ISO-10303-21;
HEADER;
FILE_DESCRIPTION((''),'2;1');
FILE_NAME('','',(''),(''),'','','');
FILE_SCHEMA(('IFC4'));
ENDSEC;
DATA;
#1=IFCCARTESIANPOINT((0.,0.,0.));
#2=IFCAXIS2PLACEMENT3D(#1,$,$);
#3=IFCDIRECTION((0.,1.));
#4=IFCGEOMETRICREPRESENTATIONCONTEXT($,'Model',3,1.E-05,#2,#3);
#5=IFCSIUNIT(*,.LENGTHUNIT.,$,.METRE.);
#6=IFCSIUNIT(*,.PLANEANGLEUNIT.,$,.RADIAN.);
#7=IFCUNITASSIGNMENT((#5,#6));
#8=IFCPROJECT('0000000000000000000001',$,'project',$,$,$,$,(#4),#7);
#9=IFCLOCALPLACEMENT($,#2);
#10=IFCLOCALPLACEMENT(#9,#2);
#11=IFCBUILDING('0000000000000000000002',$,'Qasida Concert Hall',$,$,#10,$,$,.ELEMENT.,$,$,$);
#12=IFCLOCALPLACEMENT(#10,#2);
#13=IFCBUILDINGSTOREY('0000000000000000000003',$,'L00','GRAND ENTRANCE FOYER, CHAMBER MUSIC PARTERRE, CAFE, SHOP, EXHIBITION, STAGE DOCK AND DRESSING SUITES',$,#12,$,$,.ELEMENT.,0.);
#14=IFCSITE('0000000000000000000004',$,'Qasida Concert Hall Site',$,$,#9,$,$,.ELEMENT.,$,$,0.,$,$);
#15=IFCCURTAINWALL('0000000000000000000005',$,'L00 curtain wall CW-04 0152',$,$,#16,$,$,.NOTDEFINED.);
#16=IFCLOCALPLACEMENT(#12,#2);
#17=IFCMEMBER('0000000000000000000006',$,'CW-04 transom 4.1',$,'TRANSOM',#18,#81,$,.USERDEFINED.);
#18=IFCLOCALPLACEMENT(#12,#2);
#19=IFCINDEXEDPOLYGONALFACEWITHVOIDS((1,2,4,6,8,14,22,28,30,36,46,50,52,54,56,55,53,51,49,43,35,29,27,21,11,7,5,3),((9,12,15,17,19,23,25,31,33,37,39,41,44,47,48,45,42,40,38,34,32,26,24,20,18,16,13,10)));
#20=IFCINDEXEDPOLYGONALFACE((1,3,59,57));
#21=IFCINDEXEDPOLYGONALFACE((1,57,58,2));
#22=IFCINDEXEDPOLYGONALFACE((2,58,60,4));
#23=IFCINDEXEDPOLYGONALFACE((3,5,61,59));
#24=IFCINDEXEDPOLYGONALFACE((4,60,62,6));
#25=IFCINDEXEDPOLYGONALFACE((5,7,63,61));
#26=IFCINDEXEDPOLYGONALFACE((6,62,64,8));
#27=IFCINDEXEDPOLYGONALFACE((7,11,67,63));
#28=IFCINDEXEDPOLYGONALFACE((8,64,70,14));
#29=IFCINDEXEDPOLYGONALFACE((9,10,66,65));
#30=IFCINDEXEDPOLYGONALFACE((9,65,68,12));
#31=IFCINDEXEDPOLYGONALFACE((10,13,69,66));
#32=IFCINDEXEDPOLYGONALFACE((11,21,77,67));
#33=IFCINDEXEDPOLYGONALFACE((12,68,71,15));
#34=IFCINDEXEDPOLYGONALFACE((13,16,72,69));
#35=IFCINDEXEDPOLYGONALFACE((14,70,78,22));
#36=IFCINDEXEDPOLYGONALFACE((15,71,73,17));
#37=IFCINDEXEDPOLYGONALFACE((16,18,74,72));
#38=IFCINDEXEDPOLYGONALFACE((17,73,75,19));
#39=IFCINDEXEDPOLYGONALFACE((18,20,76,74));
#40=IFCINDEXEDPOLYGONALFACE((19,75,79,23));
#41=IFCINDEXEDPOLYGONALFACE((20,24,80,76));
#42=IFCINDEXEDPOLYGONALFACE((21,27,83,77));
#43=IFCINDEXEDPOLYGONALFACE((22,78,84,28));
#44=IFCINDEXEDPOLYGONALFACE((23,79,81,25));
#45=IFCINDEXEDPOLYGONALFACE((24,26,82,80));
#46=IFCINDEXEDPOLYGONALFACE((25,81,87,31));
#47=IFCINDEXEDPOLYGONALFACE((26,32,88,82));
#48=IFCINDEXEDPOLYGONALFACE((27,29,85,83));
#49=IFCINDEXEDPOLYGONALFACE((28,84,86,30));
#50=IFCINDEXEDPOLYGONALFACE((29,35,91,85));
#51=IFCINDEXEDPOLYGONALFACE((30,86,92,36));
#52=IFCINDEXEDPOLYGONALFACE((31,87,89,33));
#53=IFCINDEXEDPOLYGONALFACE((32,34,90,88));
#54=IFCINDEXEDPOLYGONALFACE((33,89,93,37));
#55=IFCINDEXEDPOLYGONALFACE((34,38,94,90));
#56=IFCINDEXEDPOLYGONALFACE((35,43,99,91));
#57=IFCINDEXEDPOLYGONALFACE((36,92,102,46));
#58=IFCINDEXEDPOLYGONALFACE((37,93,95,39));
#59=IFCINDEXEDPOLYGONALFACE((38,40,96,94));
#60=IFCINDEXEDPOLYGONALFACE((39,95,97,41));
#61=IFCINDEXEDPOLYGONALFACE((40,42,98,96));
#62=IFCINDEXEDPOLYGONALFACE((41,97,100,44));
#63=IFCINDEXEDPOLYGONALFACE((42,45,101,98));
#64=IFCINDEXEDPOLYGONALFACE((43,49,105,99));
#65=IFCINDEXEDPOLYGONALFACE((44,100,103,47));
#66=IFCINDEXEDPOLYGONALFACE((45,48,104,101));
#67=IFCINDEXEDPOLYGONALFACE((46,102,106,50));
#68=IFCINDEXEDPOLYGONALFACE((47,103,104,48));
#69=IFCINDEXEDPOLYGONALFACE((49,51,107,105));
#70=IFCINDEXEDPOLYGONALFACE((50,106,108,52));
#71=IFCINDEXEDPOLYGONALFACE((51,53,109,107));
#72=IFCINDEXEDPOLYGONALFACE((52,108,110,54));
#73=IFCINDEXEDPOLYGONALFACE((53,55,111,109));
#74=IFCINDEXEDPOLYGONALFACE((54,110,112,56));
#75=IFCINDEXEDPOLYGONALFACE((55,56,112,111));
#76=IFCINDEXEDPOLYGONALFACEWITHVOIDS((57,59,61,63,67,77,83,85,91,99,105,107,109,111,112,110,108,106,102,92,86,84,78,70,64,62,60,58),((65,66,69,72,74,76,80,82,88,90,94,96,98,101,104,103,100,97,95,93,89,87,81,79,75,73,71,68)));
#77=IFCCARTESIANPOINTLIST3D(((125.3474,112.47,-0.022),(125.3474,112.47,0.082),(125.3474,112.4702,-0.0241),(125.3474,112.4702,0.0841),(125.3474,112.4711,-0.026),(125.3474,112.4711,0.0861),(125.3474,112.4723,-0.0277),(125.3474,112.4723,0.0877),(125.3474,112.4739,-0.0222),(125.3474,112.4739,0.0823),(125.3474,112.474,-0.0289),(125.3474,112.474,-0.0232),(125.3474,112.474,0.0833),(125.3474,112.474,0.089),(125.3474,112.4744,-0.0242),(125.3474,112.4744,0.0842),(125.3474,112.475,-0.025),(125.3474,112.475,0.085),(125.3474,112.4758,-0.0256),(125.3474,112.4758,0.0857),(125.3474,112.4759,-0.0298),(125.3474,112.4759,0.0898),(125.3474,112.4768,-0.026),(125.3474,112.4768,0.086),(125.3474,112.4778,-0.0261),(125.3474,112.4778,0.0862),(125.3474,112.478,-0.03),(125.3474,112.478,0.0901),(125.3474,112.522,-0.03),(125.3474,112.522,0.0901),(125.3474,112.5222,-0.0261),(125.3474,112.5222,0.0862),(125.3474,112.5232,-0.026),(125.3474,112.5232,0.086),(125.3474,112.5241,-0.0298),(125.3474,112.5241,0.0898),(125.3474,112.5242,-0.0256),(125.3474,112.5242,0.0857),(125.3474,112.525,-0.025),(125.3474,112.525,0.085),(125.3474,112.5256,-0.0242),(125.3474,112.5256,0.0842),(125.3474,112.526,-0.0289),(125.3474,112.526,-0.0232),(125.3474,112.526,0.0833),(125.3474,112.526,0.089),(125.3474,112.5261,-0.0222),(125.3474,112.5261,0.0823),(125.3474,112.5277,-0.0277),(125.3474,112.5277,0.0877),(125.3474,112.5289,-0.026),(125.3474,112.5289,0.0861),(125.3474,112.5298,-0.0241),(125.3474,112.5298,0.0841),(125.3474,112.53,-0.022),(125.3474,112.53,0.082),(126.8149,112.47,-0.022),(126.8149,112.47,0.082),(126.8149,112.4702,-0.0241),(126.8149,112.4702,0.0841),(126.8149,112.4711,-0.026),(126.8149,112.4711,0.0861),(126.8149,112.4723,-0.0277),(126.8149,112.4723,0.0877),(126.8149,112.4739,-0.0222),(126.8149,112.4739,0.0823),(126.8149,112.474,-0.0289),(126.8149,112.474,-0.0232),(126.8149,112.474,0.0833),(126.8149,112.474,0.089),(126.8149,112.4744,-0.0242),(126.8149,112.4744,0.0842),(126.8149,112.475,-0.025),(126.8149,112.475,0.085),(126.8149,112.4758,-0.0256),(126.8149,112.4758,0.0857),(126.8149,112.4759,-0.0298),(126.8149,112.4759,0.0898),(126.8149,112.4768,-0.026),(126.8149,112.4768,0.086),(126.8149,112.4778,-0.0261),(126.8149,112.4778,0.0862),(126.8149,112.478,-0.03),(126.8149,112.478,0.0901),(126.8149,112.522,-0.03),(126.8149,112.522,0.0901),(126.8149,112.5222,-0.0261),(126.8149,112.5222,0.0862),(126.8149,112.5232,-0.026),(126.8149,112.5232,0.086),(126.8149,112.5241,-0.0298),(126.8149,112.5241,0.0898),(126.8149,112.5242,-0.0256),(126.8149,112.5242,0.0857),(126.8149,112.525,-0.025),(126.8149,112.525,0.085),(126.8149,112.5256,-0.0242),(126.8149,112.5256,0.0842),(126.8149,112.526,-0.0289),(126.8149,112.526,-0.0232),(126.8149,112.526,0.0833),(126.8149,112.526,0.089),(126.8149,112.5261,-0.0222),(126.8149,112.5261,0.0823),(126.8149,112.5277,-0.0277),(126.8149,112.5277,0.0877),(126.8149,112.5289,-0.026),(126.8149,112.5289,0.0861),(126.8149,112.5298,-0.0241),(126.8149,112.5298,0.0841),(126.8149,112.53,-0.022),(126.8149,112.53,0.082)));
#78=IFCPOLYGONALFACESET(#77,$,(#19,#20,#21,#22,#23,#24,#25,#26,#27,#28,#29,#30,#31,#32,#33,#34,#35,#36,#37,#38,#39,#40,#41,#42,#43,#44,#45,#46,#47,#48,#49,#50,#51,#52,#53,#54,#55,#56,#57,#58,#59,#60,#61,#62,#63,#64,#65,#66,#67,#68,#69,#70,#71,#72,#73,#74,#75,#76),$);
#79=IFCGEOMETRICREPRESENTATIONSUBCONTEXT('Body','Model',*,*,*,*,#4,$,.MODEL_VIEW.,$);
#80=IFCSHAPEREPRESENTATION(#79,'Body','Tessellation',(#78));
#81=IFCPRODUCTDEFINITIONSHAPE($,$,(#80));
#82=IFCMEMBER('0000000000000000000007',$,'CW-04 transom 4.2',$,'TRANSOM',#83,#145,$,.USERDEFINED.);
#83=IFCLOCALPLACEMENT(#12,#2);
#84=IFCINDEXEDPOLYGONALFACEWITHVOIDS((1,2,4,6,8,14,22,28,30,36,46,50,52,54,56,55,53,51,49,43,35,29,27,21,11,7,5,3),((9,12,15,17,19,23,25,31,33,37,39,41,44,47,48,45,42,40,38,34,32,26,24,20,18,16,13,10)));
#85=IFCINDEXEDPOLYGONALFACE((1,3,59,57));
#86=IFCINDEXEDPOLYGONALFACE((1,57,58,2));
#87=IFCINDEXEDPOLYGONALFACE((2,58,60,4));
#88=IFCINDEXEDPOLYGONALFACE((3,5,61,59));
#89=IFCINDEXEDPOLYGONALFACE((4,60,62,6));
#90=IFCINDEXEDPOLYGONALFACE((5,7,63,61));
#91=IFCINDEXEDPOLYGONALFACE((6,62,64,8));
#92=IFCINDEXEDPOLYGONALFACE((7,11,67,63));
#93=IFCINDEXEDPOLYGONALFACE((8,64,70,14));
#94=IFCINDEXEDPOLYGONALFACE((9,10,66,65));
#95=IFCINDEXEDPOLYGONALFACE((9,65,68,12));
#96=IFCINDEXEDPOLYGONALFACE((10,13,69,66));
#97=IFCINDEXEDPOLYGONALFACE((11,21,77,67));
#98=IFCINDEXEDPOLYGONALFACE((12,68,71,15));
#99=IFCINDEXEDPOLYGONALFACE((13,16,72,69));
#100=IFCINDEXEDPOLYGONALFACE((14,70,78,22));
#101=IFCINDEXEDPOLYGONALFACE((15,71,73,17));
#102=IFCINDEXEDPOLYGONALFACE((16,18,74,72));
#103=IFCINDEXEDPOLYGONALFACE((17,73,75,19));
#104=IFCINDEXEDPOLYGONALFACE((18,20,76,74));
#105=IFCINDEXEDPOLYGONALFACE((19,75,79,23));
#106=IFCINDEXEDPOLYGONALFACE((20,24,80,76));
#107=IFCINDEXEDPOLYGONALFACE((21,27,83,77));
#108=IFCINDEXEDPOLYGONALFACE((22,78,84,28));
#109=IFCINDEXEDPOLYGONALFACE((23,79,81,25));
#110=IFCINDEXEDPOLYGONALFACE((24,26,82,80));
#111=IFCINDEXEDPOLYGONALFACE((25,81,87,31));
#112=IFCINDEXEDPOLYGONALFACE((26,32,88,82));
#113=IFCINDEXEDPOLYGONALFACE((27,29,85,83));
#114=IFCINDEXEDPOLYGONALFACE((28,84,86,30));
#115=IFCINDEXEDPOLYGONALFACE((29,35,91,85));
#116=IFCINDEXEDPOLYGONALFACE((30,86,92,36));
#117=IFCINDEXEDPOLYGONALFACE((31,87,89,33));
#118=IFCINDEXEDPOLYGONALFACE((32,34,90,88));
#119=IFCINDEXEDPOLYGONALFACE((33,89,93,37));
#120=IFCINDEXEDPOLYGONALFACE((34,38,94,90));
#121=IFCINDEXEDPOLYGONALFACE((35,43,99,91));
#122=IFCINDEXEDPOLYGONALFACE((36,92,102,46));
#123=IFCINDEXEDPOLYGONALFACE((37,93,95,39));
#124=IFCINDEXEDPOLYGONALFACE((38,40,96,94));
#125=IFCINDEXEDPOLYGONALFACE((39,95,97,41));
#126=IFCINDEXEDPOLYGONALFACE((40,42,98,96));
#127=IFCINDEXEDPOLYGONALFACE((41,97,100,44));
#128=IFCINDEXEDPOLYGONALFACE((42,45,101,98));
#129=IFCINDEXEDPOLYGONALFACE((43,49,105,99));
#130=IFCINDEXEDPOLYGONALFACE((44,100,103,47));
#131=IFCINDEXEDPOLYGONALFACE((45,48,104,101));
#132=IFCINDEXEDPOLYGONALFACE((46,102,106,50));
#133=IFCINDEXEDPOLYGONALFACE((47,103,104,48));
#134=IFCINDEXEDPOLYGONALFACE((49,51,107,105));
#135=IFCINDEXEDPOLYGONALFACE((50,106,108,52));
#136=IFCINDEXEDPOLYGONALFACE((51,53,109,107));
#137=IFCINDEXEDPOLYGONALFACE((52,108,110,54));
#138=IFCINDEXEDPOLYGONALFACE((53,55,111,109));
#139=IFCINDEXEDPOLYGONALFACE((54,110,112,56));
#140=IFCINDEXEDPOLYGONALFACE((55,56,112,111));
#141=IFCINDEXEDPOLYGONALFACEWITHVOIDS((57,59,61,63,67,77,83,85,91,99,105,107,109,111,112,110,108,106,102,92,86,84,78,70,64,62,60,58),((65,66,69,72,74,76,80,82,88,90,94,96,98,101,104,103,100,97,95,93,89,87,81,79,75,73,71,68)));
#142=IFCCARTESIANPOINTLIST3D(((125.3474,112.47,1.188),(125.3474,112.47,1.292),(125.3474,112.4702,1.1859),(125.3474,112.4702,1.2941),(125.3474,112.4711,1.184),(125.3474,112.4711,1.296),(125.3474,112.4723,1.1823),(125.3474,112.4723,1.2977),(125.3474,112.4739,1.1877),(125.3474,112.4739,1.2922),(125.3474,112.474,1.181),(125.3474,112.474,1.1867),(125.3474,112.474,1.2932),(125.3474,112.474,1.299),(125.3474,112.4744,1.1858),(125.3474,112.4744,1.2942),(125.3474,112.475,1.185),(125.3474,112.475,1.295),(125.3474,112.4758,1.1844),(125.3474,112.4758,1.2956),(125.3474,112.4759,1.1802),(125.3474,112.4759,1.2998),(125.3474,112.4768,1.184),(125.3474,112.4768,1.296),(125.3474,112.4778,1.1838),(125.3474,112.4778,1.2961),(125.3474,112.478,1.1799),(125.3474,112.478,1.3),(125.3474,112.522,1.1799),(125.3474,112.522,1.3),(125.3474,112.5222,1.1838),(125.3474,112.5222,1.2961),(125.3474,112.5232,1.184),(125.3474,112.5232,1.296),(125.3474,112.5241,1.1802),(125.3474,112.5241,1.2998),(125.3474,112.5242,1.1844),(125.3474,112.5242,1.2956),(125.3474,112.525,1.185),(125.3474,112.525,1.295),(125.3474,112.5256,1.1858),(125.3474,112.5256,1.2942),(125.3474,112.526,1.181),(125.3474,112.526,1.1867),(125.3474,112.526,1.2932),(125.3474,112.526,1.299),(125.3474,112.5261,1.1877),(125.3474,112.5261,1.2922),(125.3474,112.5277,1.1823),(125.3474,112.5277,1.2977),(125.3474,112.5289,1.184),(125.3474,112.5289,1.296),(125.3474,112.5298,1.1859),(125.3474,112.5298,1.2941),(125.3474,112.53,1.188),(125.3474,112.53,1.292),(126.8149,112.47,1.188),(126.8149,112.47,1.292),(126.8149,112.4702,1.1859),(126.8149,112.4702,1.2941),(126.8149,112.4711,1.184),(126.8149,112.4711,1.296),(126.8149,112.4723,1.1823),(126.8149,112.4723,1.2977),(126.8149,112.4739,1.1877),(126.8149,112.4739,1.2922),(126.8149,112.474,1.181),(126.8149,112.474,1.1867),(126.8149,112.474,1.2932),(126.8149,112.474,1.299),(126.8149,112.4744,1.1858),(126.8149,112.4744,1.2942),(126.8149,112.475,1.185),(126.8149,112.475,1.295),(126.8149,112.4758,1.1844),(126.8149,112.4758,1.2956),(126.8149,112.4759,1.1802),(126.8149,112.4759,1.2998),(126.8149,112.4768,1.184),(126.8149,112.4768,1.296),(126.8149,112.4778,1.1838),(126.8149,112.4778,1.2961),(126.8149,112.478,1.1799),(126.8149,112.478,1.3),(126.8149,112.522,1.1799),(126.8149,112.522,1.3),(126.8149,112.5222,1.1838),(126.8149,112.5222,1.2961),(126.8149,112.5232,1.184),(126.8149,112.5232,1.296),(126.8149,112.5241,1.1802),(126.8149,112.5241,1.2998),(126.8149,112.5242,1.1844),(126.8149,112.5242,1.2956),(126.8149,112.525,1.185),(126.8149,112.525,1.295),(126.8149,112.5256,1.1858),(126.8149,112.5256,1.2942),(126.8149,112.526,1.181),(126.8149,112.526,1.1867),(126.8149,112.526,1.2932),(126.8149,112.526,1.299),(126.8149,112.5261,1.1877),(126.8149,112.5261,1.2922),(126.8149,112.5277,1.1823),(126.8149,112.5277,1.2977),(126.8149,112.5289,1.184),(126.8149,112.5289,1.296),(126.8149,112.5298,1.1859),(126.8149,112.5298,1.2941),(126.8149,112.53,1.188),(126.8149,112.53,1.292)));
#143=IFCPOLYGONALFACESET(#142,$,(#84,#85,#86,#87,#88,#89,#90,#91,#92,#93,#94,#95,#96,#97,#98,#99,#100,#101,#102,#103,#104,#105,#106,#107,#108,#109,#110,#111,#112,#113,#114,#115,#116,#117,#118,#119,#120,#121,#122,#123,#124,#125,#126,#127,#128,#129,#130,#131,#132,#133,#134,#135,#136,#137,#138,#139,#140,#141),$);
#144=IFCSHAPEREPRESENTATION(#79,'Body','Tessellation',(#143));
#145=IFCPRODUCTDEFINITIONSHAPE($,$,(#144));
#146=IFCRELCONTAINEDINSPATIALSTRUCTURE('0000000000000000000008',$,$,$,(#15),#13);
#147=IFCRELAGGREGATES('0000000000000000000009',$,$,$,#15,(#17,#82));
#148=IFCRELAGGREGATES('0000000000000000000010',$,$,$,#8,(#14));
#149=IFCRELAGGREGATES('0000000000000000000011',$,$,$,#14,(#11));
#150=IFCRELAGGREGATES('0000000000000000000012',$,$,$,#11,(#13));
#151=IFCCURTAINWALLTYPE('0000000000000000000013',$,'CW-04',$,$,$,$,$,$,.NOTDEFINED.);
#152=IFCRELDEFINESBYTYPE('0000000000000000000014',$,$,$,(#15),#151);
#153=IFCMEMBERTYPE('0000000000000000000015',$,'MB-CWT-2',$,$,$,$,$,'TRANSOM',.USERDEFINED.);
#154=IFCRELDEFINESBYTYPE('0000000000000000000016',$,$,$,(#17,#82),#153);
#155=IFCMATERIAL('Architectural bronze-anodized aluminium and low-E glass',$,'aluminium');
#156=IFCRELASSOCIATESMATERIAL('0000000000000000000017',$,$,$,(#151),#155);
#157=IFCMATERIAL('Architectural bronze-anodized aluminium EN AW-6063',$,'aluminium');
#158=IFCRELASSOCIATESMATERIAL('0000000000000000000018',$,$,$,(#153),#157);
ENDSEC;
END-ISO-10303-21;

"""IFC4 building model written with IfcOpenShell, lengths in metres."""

from ifc_helpers import new_model, si_unit, direction, frame, origin, origin_2d, place, context, subcontext, project, spatial, hollow_rectangle, extrude, material, material_profile, profile_set, type_object, element, aggregate, save


model = new_model("IFC4")

# Units and contexts
model_context = context("Model", 3, precision=1e-05, world=origin(), true_north=direction((0.0, 1.0)))
body_context = subcontext(model_context, "Body", "Model", "MODEL_VIEW")
ifc_project = project(units=[si_unit("LENGTHUNIT", "METRE"), si_unit("PLANEANGLEUNIT", "RADIAN")], contexts=[model_context])

# Site, building, storey
site_placement = place(None, origin())
site = spatial("IfcSite", under=ifc_project, at=site_placement, Name="Qasida Concert Hall Site", CompositionType="ELEMENT", RefElevation=0.0)
building_placement = place(site_placement, origin())
building = spatial("IfcBuilding", under=site, at=building_placement, Name="Qasida Concert Hall", CompositionType="ELEMENT")
storey_placement = place(building_placement, origin())
storey = spatial("IfcBuildingStorey", under=building, at=storey_placement, Name="L00", Description="GRAND ENTRANCE FOYER, CHAMBER MUSIC PARTERRE, CAFE, SHOP, EXHIBITION, STAGE DOCK AND DRESSING SUITES", CompositionType="ELEMENT", Elevation=0.0)

# Curtain wall, members
ifc_material_1 = material(Name="Architectural bronze-anodized aluminium and low-E glass", Category="aluminium")
curtain_wall_type = type_object("IfcCurtainWallType", Name="CW-04", PredefinedType="NOTDEFINED", material=ifc_material_1)
curtain_wall_placement = place(storey_placement, origin())
curtain_wall = element("IfcCurtainWall", 1, at=curtain_wall_placement, inside=storey, type_object=curtain_wall_type, Name="L00 curtain wall CW-04 0152", PredefinedType="NOTDEFINED")
ifc_material_2 = material(Name="Architectural bronze-anodized aluminium EN AW-6063", Category="aluminium")
ifc_material_profile_1 = material_profile(ifc_material_2, hollow_rectangle(XDim=0.0601, YDim=0.1201, WallThickness=0.0039, InnerFilletRadius=0.0039, OuterFilletRadius=0.0081, at=origin_2d()), Name="CWT 120x60x4")
ifc_profile_set_1 = profile_set([ifc_material_profile_1], Name="Architectural bronze-anodized aluminium EN AW-6063")
member_type_1 = type_object("IfcMemberType", Name="MB-CWT-2", ElementType="TRANSOM", PredefinedType="USERDEFINED", material=ifc_profile_set_1)
member_1_placement = place(storey_placement, frame((125.3474, 112.5, 0.03), z_axis=(1.0, 0.0, 0.0), x_axis=(0.0, 1.0, 0.0)))
member_1 = element("IfcMember", 2, at=member_1_placement, type_object=member_type_1, Name="CW-04 transom 4.1", ObjectType="TRANSOM", PredefinedType="USERDEFINED", context=body_context, shape_type="SweptSolid", body=[
    extrude(hollow_rectangle(XDim=0.0601, YDim=0.1201, WallThickness=0.0039, InnerFilletRadius=0.0039, OuterFilletRadius=0.0081, at=origin_2d()), origin(), (0.0, 0.0, 1.0), 1.4675),
])
member_2_placement = place(storey_placement, frame((125.3474, 112.5, 1.24), z_axis=(1.0, 0.0, 0.0), x_axis=(0.0, 1.0, 0.0)))
member_2 = element("IfcMember", 3, at=member_2_placement, type_object=member_type_1, Name="CW-04 transom 4.2", ObjectType="TRANSOM", PredefinedType="USERDEFINED", context=body_context, shape_type="SweptSolid", body=[
    extrude(hollow_rectangle(XDim=0.0601, YDim=0.1201, WallThickness=0.0039, InnerFilletRadius=0.0039, OuterFilletRadius=0.0081, at=origin_2d()), origin(), (0.0, 0.0, 1.0), 1.4675),
])
aggregate(curtain_wall, [member_1, member_2])

save(model, "model.ifc")
